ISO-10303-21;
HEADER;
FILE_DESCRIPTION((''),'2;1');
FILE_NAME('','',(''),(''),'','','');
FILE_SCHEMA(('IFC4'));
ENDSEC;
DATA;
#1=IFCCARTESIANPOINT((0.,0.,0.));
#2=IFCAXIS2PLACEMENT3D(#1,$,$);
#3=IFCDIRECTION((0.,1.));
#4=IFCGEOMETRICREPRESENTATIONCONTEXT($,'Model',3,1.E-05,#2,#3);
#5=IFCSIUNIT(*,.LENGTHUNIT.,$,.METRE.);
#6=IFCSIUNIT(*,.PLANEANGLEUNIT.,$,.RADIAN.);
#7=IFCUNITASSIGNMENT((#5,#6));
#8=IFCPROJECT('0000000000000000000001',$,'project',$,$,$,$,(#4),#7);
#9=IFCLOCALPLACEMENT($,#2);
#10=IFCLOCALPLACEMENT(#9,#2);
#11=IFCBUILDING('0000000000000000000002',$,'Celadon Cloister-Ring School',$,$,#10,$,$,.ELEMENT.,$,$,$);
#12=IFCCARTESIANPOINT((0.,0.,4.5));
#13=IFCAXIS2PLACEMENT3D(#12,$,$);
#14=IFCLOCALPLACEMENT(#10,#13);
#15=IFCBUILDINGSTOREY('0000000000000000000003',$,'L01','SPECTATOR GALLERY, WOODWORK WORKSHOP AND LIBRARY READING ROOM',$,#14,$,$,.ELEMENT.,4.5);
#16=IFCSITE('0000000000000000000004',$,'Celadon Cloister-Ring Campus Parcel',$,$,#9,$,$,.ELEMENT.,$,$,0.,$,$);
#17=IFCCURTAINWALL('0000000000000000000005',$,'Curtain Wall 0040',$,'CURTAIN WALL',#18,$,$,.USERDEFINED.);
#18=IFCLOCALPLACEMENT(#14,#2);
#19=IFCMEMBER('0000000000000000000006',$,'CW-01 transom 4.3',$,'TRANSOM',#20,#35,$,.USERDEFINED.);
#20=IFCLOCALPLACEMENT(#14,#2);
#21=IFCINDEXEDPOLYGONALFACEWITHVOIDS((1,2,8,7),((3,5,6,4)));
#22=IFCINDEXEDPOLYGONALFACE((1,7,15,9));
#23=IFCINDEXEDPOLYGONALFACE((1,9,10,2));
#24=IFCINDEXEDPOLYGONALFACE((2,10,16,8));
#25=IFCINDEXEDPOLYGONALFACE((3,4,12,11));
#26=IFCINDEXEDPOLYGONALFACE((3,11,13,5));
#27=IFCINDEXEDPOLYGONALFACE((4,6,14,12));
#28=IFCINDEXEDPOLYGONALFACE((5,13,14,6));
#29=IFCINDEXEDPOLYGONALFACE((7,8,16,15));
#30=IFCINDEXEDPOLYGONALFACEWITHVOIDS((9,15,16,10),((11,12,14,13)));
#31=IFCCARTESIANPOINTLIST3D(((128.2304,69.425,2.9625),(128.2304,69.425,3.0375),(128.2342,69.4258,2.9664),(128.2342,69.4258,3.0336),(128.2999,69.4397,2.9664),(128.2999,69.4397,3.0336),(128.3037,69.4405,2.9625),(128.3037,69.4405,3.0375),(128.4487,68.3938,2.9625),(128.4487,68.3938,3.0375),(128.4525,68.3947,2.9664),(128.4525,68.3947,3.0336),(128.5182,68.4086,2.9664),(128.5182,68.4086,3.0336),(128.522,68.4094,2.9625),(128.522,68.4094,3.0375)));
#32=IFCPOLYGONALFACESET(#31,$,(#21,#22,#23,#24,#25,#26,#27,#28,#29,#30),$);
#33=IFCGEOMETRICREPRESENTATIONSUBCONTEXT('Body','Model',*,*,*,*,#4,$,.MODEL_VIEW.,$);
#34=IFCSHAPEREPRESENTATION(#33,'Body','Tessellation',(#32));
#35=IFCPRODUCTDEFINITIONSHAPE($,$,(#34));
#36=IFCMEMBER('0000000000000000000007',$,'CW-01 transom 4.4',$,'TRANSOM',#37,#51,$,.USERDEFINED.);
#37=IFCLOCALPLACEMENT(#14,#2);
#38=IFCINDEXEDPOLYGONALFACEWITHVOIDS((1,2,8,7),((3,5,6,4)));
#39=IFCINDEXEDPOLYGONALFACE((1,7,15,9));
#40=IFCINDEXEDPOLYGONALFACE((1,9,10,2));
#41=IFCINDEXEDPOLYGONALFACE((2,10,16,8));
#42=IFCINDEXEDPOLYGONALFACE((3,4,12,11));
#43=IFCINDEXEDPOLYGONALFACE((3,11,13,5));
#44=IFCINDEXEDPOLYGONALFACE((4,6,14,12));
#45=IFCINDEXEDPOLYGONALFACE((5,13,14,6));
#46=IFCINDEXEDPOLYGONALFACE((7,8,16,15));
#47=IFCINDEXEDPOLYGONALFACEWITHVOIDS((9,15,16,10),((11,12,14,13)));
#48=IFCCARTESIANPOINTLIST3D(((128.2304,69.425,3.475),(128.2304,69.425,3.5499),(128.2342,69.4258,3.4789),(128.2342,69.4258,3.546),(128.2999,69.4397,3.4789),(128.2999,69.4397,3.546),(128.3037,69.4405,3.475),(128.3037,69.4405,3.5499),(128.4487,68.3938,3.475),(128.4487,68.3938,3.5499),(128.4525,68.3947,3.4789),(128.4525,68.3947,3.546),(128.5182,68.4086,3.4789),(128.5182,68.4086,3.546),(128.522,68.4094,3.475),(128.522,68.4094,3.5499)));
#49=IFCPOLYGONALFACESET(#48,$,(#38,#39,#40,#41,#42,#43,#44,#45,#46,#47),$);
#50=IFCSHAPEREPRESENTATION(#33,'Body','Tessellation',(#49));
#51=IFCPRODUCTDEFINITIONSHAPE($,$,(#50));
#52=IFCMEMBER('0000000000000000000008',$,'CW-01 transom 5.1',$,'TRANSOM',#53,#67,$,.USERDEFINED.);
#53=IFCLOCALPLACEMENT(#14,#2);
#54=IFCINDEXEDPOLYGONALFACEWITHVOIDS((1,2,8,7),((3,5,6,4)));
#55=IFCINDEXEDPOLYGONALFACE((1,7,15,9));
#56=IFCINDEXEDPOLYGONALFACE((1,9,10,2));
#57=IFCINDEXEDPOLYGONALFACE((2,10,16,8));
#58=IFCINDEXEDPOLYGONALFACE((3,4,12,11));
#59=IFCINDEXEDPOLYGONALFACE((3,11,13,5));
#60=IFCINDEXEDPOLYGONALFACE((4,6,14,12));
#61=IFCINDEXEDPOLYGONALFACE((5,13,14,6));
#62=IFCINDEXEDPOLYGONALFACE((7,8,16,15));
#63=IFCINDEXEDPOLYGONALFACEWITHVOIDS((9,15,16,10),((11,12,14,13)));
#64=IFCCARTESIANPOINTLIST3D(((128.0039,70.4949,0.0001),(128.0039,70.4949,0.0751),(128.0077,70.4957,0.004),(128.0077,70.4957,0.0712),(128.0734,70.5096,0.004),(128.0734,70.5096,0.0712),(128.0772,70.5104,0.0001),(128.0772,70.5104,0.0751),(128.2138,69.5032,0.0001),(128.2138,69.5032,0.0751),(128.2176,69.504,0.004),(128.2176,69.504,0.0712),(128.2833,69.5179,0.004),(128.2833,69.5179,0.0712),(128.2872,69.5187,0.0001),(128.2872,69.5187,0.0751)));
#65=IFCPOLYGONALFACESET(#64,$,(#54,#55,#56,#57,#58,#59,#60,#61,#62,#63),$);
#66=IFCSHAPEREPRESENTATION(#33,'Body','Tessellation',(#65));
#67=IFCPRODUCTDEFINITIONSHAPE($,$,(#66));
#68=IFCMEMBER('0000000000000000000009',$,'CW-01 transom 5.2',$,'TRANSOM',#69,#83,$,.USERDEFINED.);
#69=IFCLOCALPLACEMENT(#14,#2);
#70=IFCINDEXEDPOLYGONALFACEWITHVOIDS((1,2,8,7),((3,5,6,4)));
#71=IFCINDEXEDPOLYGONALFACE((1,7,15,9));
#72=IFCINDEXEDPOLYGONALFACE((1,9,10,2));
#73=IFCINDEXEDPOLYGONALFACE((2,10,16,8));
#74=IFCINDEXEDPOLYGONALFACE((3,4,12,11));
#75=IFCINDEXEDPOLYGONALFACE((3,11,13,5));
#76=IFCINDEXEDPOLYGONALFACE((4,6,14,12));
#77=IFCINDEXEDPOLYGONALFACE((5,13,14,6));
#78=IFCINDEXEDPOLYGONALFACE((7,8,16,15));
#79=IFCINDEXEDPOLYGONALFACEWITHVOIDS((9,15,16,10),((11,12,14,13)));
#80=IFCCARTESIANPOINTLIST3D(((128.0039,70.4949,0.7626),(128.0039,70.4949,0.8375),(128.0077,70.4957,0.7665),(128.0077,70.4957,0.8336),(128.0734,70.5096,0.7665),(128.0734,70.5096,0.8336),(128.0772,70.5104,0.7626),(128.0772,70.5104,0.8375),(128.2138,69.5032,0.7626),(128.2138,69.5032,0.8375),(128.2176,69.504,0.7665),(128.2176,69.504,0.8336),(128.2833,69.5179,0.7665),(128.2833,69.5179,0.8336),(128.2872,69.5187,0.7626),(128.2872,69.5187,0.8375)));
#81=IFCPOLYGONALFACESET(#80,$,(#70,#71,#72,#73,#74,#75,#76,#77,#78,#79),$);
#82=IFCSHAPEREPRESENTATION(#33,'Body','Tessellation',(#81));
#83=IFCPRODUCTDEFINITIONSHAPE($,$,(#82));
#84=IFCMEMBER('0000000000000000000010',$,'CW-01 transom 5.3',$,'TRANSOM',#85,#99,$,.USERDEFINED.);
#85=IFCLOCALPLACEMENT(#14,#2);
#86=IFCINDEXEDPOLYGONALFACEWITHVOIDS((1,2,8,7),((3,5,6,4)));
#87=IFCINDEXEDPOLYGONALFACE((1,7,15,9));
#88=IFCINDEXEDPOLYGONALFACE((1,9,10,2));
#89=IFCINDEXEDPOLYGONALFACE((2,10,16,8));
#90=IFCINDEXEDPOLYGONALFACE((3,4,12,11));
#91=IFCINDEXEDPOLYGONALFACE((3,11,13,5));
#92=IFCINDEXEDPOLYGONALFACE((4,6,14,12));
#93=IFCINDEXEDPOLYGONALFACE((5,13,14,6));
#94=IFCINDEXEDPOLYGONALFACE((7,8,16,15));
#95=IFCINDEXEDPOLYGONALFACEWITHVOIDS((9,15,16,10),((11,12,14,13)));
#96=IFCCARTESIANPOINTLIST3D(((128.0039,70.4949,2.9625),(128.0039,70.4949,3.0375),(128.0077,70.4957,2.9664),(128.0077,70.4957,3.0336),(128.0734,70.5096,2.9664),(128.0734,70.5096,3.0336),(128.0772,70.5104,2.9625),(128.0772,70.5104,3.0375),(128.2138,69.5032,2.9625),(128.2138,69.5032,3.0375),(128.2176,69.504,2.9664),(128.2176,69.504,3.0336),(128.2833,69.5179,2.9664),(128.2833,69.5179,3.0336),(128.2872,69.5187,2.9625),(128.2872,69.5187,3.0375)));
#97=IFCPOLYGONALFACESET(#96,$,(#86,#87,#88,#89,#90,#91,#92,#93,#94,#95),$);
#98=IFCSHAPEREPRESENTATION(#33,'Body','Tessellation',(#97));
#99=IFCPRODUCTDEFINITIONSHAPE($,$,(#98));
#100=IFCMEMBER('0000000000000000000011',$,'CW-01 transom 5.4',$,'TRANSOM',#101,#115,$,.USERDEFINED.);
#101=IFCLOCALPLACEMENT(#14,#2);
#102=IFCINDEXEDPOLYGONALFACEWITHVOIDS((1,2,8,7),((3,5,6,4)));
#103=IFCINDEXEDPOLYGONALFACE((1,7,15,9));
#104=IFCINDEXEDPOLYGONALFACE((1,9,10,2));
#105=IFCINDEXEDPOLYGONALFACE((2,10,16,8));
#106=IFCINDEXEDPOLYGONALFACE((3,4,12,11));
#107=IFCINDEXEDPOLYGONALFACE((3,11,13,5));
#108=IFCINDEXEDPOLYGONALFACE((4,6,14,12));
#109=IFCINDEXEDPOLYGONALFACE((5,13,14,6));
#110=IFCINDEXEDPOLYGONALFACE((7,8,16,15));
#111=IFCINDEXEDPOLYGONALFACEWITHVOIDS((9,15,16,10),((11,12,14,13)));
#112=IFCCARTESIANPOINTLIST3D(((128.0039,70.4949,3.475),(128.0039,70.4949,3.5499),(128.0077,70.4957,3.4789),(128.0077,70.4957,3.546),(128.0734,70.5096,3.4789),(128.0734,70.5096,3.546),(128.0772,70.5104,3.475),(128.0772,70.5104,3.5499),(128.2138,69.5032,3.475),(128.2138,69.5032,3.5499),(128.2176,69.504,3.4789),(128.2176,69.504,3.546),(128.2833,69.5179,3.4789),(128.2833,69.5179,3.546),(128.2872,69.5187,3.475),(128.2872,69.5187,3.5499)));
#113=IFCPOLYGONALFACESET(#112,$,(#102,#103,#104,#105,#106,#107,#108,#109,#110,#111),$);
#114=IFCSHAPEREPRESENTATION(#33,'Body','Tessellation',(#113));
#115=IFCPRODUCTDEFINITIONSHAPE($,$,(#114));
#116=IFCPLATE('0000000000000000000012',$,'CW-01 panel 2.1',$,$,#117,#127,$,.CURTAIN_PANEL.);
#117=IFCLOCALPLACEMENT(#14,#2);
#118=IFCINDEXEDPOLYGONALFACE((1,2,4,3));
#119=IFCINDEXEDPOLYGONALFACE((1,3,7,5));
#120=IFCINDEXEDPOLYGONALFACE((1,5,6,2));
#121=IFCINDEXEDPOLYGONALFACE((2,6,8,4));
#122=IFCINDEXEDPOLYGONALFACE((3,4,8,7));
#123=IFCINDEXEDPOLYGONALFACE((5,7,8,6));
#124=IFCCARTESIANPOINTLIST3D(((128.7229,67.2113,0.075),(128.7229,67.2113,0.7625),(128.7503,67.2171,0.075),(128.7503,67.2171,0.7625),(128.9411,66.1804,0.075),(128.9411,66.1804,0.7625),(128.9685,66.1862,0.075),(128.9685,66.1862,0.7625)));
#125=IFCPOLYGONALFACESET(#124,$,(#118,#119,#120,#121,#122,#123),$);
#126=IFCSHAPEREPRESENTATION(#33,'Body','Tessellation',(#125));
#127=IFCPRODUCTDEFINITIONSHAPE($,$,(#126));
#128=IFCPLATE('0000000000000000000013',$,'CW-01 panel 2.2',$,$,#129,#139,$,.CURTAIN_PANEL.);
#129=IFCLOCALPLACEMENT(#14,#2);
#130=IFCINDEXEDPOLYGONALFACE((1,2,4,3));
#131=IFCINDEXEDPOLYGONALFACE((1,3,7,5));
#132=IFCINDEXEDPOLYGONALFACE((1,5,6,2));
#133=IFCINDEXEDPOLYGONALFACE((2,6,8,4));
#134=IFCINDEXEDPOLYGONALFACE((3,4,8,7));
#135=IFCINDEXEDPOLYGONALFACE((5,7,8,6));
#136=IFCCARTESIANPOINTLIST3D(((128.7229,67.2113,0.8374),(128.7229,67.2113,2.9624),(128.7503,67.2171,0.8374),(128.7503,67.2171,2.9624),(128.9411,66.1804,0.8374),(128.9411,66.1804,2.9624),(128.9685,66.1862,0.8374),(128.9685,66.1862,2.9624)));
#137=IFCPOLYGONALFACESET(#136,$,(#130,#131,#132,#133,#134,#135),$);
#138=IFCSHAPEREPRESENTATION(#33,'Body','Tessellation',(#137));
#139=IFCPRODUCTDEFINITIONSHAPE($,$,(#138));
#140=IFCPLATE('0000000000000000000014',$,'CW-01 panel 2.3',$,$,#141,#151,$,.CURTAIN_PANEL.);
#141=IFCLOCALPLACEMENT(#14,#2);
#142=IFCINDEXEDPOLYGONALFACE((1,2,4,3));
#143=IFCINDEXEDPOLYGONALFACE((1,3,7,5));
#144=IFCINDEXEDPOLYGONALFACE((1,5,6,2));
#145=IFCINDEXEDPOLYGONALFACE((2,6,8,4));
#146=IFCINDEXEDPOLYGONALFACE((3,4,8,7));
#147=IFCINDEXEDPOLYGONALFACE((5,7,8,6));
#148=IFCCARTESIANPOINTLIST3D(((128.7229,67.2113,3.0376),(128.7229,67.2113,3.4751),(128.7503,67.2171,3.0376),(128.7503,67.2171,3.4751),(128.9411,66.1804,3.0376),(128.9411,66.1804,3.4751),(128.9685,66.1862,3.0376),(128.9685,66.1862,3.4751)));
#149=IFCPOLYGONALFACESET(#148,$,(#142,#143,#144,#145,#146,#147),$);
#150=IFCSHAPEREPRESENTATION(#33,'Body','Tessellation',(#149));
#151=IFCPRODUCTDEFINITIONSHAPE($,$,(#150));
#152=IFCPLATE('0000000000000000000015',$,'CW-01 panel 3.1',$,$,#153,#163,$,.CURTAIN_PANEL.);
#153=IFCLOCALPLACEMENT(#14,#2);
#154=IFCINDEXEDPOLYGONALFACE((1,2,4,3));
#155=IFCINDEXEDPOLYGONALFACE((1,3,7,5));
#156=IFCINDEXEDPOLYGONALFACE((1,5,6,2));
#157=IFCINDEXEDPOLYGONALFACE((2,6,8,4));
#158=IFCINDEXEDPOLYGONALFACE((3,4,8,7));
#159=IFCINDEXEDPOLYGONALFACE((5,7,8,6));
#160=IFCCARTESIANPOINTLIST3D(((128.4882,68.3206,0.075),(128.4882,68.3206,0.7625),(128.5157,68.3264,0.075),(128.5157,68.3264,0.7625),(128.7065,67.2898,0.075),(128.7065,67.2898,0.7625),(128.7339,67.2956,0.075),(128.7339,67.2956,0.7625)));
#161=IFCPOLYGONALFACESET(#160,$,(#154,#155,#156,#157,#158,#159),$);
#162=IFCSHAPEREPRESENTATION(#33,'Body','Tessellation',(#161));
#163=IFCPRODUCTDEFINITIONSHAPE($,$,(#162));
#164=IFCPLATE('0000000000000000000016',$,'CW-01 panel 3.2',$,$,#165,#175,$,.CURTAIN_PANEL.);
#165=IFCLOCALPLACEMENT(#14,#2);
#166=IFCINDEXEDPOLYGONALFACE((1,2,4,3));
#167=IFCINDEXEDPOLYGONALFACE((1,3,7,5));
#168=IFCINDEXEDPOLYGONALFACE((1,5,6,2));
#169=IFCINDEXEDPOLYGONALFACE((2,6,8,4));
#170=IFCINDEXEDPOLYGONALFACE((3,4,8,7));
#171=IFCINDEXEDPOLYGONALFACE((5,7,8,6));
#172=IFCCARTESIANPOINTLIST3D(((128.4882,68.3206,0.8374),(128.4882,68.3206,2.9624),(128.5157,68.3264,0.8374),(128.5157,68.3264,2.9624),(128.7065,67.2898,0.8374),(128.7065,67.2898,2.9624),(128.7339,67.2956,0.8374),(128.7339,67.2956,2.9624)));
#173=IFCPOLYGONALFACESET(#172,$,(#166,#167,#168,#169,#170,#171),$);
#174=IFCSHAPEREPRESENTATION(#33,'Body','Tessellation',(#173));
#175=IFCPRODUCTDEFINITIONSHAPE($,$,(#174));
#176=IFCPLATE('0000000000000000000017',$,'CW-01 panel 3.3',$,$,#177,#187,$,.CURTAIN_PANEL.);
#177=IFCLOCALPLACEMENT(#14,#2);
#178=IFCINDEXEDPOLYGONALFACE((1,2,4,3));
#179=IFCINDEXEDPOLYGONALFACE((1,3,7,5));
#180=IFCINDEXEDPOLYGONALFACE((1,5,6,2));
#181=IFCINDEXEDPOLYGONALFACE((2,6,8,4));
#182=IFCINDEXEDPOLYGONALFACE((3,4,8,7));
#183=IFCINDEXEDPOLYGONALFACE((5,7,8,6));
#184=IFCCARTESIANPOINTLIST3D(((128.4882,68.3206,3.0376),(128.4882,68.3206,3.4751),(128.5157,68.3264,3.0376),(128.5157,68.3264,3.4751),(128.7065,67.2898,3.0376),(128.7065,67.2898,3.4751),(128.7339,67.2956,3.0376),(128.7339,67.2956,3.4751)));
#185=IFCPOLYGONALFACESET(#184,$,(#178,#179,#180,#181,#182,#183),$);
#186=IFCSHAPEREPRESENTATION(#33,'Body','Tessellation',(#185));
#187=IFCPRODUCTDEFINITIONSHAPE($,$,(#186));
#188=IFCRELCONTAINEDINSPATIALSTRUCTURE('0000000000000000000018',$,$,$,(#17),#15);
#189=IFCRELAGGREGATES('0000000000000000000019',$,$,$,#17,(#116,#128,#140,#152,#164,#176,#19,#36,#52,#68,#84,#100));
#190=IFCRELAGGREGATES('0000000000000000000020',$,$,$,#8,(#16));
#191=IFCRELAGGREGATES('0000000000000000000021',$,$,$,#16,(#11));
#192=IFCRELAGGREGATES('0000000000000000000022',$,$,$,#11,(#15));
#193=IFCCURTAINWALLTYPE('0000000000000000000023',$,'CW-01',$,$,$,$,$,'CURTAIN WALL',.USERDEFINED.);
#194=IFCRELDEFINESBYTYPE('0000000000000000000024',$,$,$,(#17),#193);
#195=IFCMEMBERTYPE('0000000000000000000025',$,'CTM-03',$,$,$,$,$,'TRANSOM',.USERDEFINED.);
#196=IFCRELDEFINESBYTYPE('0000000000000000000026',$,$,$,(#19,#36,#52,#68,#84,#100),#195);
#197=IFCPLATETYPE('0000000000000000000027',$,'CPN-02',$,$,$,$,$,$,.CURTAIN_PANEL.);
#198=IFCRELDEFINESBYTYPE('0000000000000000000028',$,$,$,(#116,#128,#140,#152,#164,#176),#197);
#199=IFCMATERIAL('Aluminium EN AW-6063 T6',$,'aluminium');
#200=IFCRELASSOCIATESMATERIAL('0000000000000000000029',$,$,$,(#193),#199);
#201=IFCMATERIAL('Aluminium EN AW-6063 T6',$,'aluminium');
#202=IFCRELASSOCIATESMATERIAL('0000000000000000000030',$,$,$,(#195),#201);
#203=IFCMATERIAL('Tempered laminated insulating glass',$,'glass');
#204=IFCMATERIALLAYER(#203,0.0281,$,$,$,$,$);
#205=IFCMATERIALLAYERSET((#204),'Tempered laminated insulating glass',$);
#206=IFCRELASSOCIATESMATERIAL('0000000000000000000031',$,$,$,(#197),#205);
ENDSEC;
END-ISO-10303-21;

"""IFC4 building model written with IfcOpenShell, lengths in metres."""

from ifc_helpers import new_model, si_unit, direction, frame, origin, origin_2d, place, context, subcontext, project, spatial, rectangle, hollow_rectangle, extrude, material, layer, layer_set, material_profile, profile_set, type_object, element, aggregate, save


model = new_model("IFC4")

# Units and contexts
model_context = context("Model", 3, precision=1e-05, world=origin(), true_north=direction((0.0, 1.0)))
body_context = subcontext(model_context, "Body", "Model", "MODEL_VIEW")
ifc_project = project(units=[si_unit("LENGTHUNIT", "METRE"), si_unit("PLANEANGLEUNIT", "RADIAN")], contexts=[model_context])

# Site, building, storey
site_placement = place(None, origin())
site = spatial("IfcSite", under=ifc_project, at=site_placement, Name="Celadon Cloister-Ring Campus Parcel", CompositionType="ELEMENT", RefElevation=0.0)
building_placement = place(site_placement, origin())
building = spatial("IfcBuilding", under=site, at=building_placement, Name="Celadon Cloister-Ring School", CompositionType="ELEMENT")
storey_placement = place(building_placement, frame((0.0, 0.0, 4.5)))
storey = spatial("IfcBuildingStorey", under=building, at=storey_placement, Name="L01", Description="SPECTATOR GALLERY, WOODWORK WORKSHOP AND LIBRARY READING ROOM", CompositionType="ELEMENT", Elevation=4.5)

# Curtain wall, members, plates
ifc_material_1 = material(Name="Aluminium EN AW-6063 T6", Category="aluminium")
curtain_wall_type = type_object("IfcCurtainWallType", Name="CW-01", ElementType="CURTAIN WALL", PredefinedType="USERDEFINED", material=ifc_material_1)
curtain_wall_placement = place(storey_placement, origin())
curtain_wall = element("IfcCurtainWall", 1, at=curtain_wall_placement, inside=storey, type_object=curtain_wall_type, Name="Curtain Wall 0040", ObjectType="CURTAIN WALL", PredefinedType="USERDEFINED")
ifc_material_2 = material(Name="Aluminium EN AW-6063 T6", Category="aluminium")
ifc_material_profile_1 = material_profile(ifc_material_2, hollow_rectangle(XDim=0.075, YDim=0.075, WallThickness=0.0039, at=origin_2d()), Name="RHS75X75X4")
ifc_profile_set_1 = profile_set([ifc_material_profile_1], Name="Aluminium EN AW-6063 T6")
member_type_1 = type_object("IfcMemberType", Name="CTM-03", ElementType="TRANSOM", PredefinedType="USERDEFINED", material=ifc_profile_set_1)
member_1_placement = place(storey_placement, frame((128.4854, 68.4016, 3.0), z_axis=(-0.207108, 0.978318, 0.0), x_axis=(-0.978318, -0.207108, 0.0)))
member_1 = element("IfcMember", 2, at=member_1_placement, type_object=member_type_1, Name="CW-01 transom 4.3", ObjectType="TRANSOM", PredefinedType="USERDEFINED", context=body_context, shape_type="SweptSolid", body=[
    extrude(hollow_rectangle(XDim=0.075, YDim=0.075, WallThickness=0.0039, at=origin_2d()), origin(), (0.0, 0.0, 1.0), 1.054),
])
member_2_placement = place(storey_placement, frame((128.4854, 68.4016, 3.5125), z_axis=(-0.207108, 0.978318, 0.0), x_axis=(-0.978318, -0.207108, 0.0)))
member_2 = element("IfcMember", 3, at=member_2_placement, type_object=member_type_1, Name="CW-01 transom 4.4", ObjectType="TRANSOM", PredefinedType="USERDEFINED", context=body_context, shape_type="SweptSolid", body=[
    extrude(hollow_rectangle(XDim=0.075, YDim=0.075, WallThickness=0.0039, at=origin_2d()), origin(), (0.0, 0.0, 1.0), 1.054),
])
member_3_placement = place(storey_placement, frame((128.2505, 69.511, 0.0376), z_axis=(-0.207127, 0.978314, 0.0), x_axis=(-0.978314, -0.207127, 0.0)))
member_3 = element("IfcMember", 4, at=member_3_placement, type_object=member_type_1, Name="CW-01 transom 5.1", ObjectType="TRANSOM", PredefinedType="USERDEFINED", context=body_context, shape_type="SweptSolid", body=[
    extrude(hollow_rectangle(XDim=0.075, YDim=0.075, WallThickness=0.0039, at=origin_2d()), origin(), (0.0, 0.0, 1.0), 1.0137),
])
member_4_placement = place(storey_placement, frame((128.2505, 69.511, 0.8), z_axis=(-0.207127, 0.978314, 0.0), x_axis=(-0.978314, -0.207127, 0.0)))
member_4 = element("IfcMember", 5, at=member_4_placement, type_object=member_type_1, Name="CW-01 transom 5.2", ObjectType="TRANSOM", PredefinedType="USERDEFINED", context=body_context, shape_type="SweptSolid", body=[
    extrude(hollow_rectangle(XDim=0.075, YDim=0.075, WallThickness=0.0039, at=origin_2d()), origin(), (0.0, 0.0, 1.0), 1.0137),
])
member_5_placement = place(storey_placement, frame((128.2505, 69.511, 3.0), z_axis=(-0.207127, 0.978314, 0.0), x_axis=(-0.978314, -0.207127, 0.0)))
member_5 = element("IfcMember", 6, at=member_5_placement, type_object=member_type_1, Name="CW-01 transom 5.3", ObjectType="TRANSOM", PredefinedType="USERDEFINED", context=body_context, shape_type="SweptSolid", body=[
    extrude(hollow_rectangle(XDim=0.075, YDim=0.075, WallThickness=0.0039, at=origin_2d()), origin(), (0.0, 0.0, 1.0), 1.0137),
])
member_6_placement = place(storey_placement, frame((128.2505, 69.511, 3.5125), z_axis=(-0.207127, 0.978314, 0.0), x_axis=(-0.978314, -0.207127, 0.0)))
member_6 = element("IfcMember", 7, at=member_6_placement, type_object=member_type_1, Name="CW-01 transom 5.4", ObjectType="TRANSOM", PredefinedType="USERDEFINED", context=body_context, shape_type="SweptSolid", body=[
    extrude(hollow_rectangle(XDim=0.075, YDim=0.075, WallThickness=0.0039, at=origin_2d()), origin(), (0.0, 0.0, 1.0), 1.0137),
])
ifc_material_3 = material(Name="Tempered laminated insulating glass", Category="glass")
ifc_layer = layer(ifc_material_3, 0.0281)
ifc_layer_set = layer_set([ifc_layer], Name="Tempered laminated insulating glass")
plate_type = type_object("IfcPlateType", Name="CPN-02", PredefinedType="CURTAIN_PANEL", material=ifc_layer_set)
plate_1_placement = place(storey_placement, frame((128.8457, 66.6987, 0.075), z_axis=(0.0, 0.0, 1.0), x_axis=(-0.207095, 0.978321, 0.0)))
plate_1 = element("IfcPlate", 8, at=plate_1_placement, type_object=plate_type, Name="CW-01 panel 2.1", PredefinedType="CURTAIN_PANEL", context=body_context, shape_type="SweptSolid", body=[
    extrude(rectangle(XDim=1.0537, YDim=0.0281, at=origin_2d()), origin(), (0.0, 0.0, 1.0), 0.6875),
])
plate_2_placement = place(storey_placement, frame((128.8457, 66.6987, 0.8374), z_axis=(0.0, 0.0, 1.0), x_axis=(-0.207095, 0.978321, 0.0)))
plate_2 = element("IfcPlate", 9, at=plate_2_placement, type_object=plate_type, Name="CW-01 panel 2.2", PredefinedType="CURTAIN_PANEL", context=body_context, shape_type="SweptSolid", body=[
    extrude(rectangle(XDim=1.0537, YDim=0.0281, at=origin_2d()), origin(), (0.0, 0.0, 1.0), 2.125),
])
plate_3_placement = place(storey_placement, frame((128.8457, 66.6987, 3.0376), z_axis=(0.0, 0.0, 1.0), x_axis=(-0.207095, 0.978321, 0.0)))
plate_3 = element("IfcPlate", 10, at=plate_3_placement, type_object=plate_type, Name="CW-01 panel 2.3", PredefinedType="CURTAIN_PANEL", context=body_context, shape_type="SweptSolid", body=[
    extrude(rectangle(XDim=1.0537, YDim=0.0281, at=origin_2d()), origin(), (0.0, 0.0, 1.0), 0.4375),
])
plate_4_placement = place(storey_placement, frame((128.6111, 67.8081, 0.075), z_axis=(0.0, 0.0, 1.0), x_axis=(-0.207095, 0.978321, 0.0)))
plate_4 = element("IfcPlate", 11, at=plate_4_placement, type_object=plate_type, Name="CW-01 panel 3.1", PredefinedType="CURTAIN_PANEL", context=body_context, shape_type="SweptSolid", body=[
    extrude(rectangle(XDim=1.0537, YDim=0.0281, at=origin_2d()), origin(), (0.0, 0.0, 1.0), 0.6875),
])
plate_5_placement = place(storey_placement, frame((128.6111, 67.8081, 0.8374), z_axis=(0.0, 0.0, 1.0), x_axis=(-0.207095, 0.978321, 0.0)))
plate_5 = element("IfcPlate", 12, at=plate_5_placement, type_object=plate_type, Name="CW-01 panel 3.2", PredefinedType="CURTAIN_PANEL", context=body_context, shape_type="SweptSolid", body=[
    extrude(rectangle(XDim=1.0537, YDim=0.0281, at=origin_2d()), origin(), (0.0, 0.0, 1.0), 2.125),
])
plate_6_placement = place(storey_placement, frame((128.6111, 67.8081, 3.0376), z_axis=(0.0, 0.0, 1.0), x_axis=(-0.207095, 0.978321, 0.0)))
plate_6 = element("IfcPlate", 13, at=plate_6_placement, type_object=plate_type, Name="CW-01 panel 3.3", PredefinedType="CURTAIN_PANEL", context=body_context, shape_type="SweptSolid", body=[
    extrude(rectangle(XDim=1.0537, YDim=0.0281, at=origin_2d()), origin(), (0.0, 0.0, 1.0), 0.4375),
])
aggregate(curtain_wall, [plate_1, plate_2, plate_3, plate_4, plate_5, plate_6, member_1, member_2, member_3, member_4, member_5, member_6])

save(model, "model.ifc")
